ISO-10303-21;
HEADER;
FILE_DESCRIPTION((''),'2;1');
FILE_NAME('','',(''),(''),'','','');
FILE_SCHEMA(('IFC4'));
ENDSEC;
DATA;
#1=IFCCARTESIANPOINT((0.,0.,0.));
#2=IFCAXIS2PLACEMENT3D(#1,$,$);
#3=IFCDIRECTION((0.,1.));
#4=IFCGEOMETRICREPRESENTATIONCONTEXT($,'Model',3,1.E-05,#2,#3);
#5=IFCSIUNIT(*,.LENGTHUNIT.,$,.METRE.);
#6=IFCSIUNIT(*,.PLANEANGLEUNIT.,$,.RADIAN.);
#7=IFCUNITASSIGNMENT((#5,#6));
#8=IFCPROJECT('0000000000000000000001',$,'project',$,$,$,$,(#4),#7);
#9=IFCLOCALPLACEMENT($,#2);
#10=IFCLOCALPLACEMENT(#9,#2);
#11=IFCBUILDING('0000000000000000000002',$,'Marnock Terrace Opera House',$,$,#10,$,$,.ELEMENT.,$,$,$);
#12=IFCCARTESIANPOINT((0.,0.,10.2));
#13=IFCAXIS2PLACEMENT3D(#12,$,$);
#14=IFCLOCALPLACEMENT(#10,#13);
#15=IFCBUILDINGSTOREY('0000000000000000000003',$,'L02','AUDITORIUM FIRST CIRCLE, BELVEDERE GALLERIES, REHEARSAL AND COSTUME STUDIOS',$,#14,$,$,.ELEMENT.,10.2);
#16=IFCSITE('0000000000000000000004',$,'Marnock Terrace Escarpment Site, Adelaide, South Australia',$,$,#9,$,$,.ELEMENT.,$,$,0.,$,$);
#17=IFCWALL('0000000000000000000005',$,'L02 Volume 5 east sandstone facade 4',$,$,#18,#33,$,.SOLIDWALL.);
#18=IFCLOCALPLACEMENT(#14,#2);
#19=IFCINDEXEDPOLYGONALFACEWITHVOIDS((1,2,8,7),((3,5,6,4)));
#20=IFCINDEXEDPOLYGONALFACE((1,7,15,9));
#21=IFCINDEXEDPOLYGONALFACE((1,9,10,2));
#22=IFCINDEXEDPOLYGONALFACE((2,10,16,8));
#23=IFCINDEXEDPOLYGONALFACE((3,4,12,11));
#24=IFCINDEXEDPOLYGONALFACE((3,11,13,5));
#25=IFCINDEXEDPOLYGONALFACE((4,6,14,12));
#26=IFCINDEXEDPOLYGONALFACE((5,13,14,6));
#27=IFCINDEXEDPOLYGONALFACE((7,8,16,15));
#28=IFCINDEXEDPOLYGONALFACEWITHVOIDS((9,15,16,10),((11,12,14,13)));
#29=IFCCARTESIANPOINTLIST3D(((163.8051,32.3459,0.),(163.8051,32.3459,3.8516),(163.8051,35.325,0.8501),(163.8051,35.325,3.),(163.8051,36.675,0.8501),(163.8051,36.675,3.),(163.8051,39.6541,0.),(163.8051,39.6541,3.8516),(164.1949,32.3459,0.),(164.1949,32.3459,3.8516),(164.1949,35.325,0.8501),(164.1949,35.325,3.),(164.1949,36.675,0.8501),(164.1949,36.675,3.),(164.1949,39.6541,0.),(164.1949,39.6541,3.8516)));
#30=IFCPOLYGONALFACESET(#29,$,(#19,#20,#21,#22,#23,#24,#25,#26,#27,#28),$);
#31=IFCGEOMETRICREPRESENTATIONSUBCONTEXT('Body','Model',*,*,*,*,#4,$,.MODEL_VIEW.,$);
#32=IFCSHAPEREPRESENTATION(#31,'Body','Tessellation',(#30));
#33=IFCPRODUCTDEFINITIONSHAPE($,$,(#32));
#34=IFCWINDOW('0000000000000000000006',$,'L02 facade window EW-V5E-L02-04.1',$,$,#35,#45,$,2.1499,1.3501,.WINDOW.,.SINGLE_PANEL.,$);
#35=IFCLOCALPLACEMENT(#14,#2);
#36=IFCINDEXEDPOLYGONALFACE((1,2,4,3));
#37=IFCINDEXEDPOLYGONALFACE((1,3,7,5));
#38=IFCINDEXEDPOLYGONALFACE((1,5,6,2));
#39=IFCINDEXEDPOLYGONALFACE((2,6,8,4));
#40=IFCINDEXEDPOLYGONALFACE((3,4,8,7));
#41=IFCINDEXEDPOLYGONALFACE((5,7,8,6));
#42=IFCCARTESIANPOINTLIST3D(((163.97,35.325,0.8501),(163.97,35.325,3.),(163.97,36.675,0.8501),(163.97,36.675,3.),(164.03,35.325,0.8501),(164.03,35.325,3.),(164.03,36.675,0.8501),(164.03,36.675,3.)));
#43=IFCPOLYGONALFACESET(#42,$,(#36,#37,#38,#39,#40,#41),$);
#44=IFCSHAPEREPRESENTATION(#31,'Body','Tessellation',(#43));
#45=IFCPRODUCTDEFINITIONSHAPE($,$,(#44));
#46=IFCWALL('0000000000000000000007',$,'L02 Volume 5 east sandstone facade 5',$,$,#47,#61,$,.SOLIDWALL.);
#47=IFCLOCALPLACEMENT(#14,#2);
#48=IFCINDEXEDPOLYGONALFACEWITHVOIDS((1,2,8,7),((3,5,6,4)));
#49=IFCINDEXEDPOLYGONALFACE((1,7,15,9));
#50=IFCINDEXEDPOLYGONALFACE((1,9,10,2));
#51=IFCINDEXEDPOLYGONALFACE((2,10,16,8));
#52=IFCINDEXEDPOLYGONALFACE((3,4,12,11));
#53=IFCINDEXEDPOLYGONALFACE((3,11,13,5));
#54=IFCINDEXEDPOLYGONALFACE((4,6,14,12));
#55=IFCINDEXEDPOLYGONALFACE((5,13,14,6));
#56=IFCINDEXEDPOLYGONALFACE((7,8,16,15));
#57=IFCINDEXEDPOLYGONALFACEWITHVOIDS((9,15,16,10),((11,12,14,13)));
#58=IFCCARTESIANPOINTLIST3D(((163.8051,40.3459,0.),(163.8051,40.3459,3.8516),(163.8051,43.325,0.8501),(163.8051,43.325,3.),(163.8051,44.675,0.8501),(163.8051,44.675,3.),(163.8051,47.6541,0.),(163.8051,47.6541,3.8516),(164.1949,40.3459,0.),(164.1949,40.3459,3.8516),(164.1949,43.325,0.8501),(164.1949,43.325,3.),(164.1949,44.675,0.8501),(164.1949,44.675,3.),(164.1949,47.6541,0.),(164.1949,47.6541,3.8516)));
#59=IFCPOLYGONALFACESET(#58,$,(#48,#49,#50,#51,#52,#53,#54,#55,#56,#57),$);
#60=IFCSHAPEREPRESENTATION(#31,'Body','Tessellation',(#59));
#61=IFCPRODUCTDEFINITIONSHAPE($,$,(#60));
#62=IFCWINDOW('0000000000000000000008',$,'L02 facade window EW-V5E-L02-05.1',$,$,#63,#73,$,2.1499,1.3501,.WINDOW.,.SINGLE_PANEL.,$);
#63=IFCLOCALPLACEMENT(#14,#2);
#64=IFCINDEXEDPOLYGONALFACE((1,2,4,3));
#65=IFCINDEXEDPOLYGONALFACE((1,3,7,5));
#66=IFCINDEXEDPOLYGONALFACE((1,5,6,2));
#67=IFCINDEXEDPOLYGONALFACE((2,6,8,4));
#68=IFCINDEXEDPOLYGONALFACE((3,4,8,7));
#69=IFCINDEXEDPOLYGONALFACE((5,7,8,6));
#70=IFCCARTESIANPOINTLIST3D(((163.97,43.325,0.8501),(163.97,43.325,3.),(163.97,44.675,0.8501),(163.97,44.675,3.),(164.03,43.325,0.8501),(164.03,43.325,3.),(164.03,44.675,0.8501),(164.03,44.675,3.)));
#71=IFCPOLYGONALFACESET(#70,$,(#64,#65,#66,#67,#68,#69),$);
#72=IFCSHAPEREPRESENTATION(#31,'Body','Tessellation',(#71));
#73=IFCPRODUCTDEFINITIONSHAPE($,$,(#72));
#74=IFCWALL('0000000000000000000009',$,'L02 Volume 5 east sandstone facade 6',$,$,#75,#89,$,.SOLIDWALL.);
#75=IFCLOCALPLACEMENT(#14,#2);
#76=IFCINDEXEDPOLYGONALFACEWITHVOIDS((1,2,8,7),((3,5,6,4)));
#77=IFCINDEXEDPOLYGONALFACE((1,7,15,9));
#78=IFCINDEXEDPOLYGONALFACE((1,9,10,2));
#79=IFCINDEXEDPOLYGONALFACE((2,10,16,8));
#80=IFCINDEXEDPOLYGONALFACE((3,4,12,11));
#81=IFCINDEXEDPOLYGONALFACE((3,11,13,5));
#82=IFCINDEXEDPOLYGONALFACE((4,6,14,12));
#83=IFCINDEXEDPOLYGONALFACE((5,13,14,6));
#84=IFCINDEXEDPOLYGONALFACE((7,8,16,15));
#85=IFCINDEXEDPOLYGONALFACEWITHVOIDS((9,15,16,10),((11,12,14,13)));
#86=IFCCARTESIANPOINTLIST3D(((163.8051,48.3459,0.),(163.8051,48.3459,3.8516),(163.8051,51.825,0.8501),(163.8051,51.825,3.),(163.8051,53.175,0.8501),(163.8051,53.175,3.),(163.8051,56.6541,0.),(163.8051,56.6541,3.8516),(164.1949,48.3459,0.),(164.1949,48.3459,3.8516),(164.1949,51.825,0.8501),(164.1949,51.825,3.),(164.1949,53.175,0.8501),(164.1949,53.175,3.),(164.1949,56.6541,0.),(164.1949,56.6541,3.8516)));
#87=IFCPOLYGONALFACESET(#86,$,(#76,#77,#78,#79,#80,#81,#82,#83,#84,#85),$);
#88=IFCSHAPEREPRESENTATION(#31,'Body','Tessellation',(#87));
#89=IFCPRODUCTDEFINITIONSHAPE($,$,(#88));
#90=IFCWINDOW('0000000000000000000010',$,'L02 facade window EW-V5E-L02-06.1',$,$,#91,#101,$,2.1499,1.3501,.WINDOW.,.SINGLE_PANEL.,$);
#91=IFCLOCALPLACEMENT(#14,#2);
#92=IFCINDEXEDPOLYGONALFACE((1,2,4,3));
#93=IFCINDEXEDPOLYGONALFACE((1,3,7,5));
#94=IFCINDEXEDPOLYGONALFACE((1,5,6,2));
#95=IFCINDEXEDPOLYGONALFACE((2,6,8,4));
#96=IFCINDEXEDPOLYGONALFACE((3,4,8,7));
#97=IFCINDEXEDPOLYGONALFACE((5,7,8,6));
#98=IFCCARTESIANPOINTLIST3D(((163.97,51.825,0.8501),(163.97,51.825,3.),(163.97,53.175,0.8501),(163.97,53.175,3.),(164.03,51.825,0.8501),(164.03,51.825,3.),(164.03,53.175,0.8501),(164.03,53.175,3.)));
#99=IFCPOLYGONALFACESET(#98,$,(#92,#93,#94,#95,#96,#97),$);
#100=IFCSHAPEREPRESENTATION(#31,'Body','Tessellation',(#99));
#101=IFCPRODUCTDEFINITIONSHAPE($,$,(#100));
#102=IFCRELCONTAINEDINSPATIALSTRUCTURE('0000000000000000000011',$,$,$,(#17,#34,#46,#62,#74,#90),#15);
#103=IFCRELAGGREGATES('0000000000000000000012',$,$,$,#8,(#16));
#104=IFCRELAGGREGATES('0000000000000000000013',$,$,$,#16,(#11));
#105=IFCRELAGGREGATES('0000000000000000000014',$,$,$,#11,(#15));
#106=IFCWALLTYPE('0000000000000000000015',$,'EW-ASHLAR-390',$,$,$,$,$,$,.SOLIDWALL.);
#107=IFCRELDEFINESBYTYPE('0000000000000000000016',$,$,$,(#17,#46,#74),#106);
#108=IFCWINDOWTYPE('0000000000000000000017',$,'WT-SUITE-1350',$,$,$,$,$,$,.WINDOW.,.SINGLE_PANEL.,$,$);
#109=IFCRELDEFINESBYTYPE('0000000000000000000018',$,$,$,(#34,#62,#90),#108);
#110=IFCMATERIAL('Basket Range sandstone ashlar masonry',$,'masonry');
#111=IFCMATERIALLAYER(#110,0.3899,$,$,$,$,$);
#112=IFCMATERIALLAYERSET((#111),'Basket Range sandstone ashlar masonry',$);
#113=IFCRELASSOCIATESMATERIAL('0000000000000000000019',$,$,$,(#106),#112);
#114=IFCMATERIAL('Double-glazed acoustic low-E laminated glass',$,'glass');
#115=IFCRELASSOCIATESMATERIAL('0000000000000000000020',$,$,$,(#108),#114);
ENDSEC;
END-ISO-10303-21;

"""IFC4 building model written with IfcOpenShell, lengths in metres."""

from ifc_helpers import new_model, si_unit, direction, frame, frame_2d, origin, place, context, subcontext, project, spatial, rectangle, extrude, material, layer, layer_set, type_object, element, fill, save


model = new_model("IFC4")

# Units and contexts
model_context = context("Model", 3, precision=1e-05, world=origin(), true_north=direction((0.0, 1.0)))
body_context = subcontext(model_context, "Body", "Model", "MODEL_VIEW")
ifc_project = project(units=[si_unit("LENGTHUNIT", "METRE"), si_unit("PLANEANGLEUNIT", "RADIAN")], contexts=[model_context])

# Site, building, storey
site_placement = place(None, origin())
site = spatial("IfcSite", under=ifc_project, at=site_placement, Name="Marnock Terrace Escarpment Site, Adelaide, South Australia", CompositionType="ELEMENT", RefElevation=0.0)
building_placement = place(site_placement, origin())
building = spatial("IfcBuilding", under=site, at=building_placement, Name="Marnock Terrace Opera House", CompositionType="ELEMENT")
storey_placement = place(building_placement, frame((0.0, 0.0, 10.2)))
storey = spatial("IfcBuildingStorey", under=building, at=storey_placement, Name="L02", Description="AUDITORIUM FIRST CIRCLE, BELVEDERE GALLERIES, REHEARSAL AND COSTUME STUDIOS", CompositionType="ELEMENT", Elevation=10.2)

# Walls, openings, windows
ifc_material_1 = material(Name="Basket Range sandstone ashlar masonry", Category="masonry")
ifc_layer = layer(ifc_material_1, 0.3899)
ifc_layer_set = layer_set([ifc_layer], Name="Basket Range sandstone ashlar masonry")
wall_type = type_object("IfcWallType", Name="EW-ASHLAR-390", PredefinedType="SOLIDWALL", material=ifc_layer_set)
wall_1_placement = place(storey_placement, frame((164.0, 32.3459, 0.0), z_axis=(0.0, 0.0, 1.0), x_axis=(0.0, 1.0, 0.0)))
wall_1 = element("IfcWall", 1, at=wall_1_placement, inside=storey, type_object=wall_type, Name="L02 Volume 5 east sandstone facade 4", PredefinedType="SOLIDWALL", context=body_context, shape_type="SweptSolid", body=[
    extrude(rectangle(XDim=7.3081, YDim=0.3899, at=frame_2d((3.6541, 0.0))), origin(), (0.0, 0.0, 1.0), 3.8516),
])
opening_1_placement = place(wall_1_placement, frame((2.979, 0.0, 0.8501)))
opening_1 = element("IfcOpeningElement", 2, at=opening_1_placement, cuts=wall_1, PredefinedType="OPENING", context=body_context, shape_type="SweptSolid", body=[
    extrude(rectangle(XDim=1.3501, YDim=2.1499, at=frame_2d((0.675, 1.075))), frame((0.0, 0.2048, 0.0), z_axis=(0.0, -1.0, 0.0), x_axis=(1.0, 0.0, 0.0)), (0.0, 0.0, 1.0), 0.4099),
])
ifc_material_2 = material(Name="Double-glazed acoustic low-E laminated glass", Category="glass")
window_type = type_object("IfcWindowType", Name="WT-SUITE-1350", PartitioningType="SINGLE_PANEL", PredefinedType="WINDOW", material=ifc_material_2)
window_1_placement = place(opening_1_placement, origin())
window_1 = element("IfcWindow", 3, at=window_1_placement, inside=storey, type_object=window_type, Name="L02 facade window EW-V5E-L02-04.1", OverallHeight=2.1499, OverallWidth=1.3501, PartitioningType="SINGLE_PANEL", PredefinedType="WINDOW", context=body_context, shape_type="SweptSolid", body=[
    extrude(rectangle(XDim=1.3501, YDim=2.1499, at=frame_2d((0.675, 1.075))), frame((0.0, 0.03, 0.0), z_axis=(0.0, -1.0, 0.0), x_axis=(1.0, 0.0, 0.0)), (0.0, 0.0, 1.0), 0.0601),
])
fill(opening_1, window_1)
wall_2_placement = place(storey_placement, frame((164.0, 40.3459, 0.0), z_axis=(0.0, 0.0, 1.0), x_axis=(0.0, 1.0, 0.0)))
wall_2 = element("IfcWall", 4, at=wall_2_placement, inside=storey, type_object=wall_type, Name="L02 Volume 5 east sandstone facade 5", PredefinedType="SOLIDWALL", context=body_context, shape_type="SweptSolid", body=[
    extrude(rectangle(XDim=7.3081, YDim=0.3899, at=frame_2d((3.6541, 0.0))), origin(), (0.0, 0.0, 1.0), 3.8516),
])
opening_2_placement = place(wall_2_placement, frame((2.979, 0.0, 0.8501)))
opening_2 = element("IfcOpeningElement", 5, at=opening_2_placement, cuts=wall_2, PredefinedType="OPENING", context=body_context, shape_type="SweptSolid", body=[
    extrude(rectangle(XDim=1.3501, YDim=2.1499, at=frame_2d((0.675, 1.075))), frame((0.0, 0.2048, 0.0), z_axis=(0.0, -1.0, 0.0), x_axis=(1.0, 0.0, 0.0)), (0.0, 0.0, 1.0), 0.4099),
])
window_2_placement = place(opening_2_placement, origin())
window_2 = element("IfcWindow", 6, at=window_2_placement, inside=storey, type_object=window_type, Name="L02 facade window EW-V5E-L02-05.1", OverallHeight=2.1499, OverallWidth=1.3501, PartitioningType="SINGLE_PANEL", PredefinedType="WINDOW", context=body_context, shape_type="SweptSolid", body=[
    extrude(rectangle(XDim=1.3501, YDim=2.1499, at=frame_2d((0.675, 1.075))), frame((0.0, 0.03, 0.0), z_axis=(0.0, -1.0, 0.0), x_axis=(1.0, 0.0, 0.0)), (0.0, 0.0, 1.0), 0.0601),
])
fill(opening_2, window_2)
wall_3_placement = place(storey_placement, frame((164.0, 48.3459, 0.0), z_axis=(0.0, 0.0, 1.0), x_axis=(0.0, 1.0, 0.0)))
wall_3 = element("IfcWall", 7, at=wall_3_placement, inside=storey, type_object=wall_type, Name="L02 Volume 5 east sandstone facade 6", PredefinedType="SOLIDWALL", context=body_context, shape_type="SweptSolid", body=[
    extrude(rectangle(XDim=8.3081, YDim=0.3899, at=frame_2d((4.1541, 0.0))), origin(), (0.0, 0.0, 1.0), 3.8516),
])
opening_3_placement = place(wall_3_placement, frame((3.479, 0.0, 0.8501)))
opening_3 = element("IfcOpeningElement", 8, at=opening_3_placement, cuts=wall_3, PredefinedType="OPENING", context=body_context, shape_type="SweptSolid", body=[
    extrude(rectangle(XDim=1.3501, YDim=2.1499, at=frame_2d((0.675, 1.075))), frame((0.0, 0.2048, 0.0), z_axis=(0.0, -1.0, 0.0), x_axis=(1.0, 0.0, 0.0)), (0.0, 0.0, 1.0), 0.4099),
])
window_3_placement = place(opening_3_placement, origin())
window_3 = element("IfcWindow", 9, at=window_3_placement, inside=storey, type_object=window_type, Name="L02 facade window EW-V5E-L02-06.1", OverallHeight=2.1499, OverallWidth=1.3501, PartitioningType="SINGLE_PANEL", PredefinedType="WINDOW", context=body_context, shape_type="SweptSolid", body=[
    extrude(rectangle(XDim=1.3501, YDim=2.1499, at=frame_2d((0.675, 1.075))), frame((0.0, 0.03, 0.0), z_axis=(0.0, -1.0, 0.0), x_axis=(1.0, 0.0, 0.0)), (0.0, 0.0, 1.0), 0.0601),
])
fill(opening_3, window_3)

save(model, "model.ifc")
